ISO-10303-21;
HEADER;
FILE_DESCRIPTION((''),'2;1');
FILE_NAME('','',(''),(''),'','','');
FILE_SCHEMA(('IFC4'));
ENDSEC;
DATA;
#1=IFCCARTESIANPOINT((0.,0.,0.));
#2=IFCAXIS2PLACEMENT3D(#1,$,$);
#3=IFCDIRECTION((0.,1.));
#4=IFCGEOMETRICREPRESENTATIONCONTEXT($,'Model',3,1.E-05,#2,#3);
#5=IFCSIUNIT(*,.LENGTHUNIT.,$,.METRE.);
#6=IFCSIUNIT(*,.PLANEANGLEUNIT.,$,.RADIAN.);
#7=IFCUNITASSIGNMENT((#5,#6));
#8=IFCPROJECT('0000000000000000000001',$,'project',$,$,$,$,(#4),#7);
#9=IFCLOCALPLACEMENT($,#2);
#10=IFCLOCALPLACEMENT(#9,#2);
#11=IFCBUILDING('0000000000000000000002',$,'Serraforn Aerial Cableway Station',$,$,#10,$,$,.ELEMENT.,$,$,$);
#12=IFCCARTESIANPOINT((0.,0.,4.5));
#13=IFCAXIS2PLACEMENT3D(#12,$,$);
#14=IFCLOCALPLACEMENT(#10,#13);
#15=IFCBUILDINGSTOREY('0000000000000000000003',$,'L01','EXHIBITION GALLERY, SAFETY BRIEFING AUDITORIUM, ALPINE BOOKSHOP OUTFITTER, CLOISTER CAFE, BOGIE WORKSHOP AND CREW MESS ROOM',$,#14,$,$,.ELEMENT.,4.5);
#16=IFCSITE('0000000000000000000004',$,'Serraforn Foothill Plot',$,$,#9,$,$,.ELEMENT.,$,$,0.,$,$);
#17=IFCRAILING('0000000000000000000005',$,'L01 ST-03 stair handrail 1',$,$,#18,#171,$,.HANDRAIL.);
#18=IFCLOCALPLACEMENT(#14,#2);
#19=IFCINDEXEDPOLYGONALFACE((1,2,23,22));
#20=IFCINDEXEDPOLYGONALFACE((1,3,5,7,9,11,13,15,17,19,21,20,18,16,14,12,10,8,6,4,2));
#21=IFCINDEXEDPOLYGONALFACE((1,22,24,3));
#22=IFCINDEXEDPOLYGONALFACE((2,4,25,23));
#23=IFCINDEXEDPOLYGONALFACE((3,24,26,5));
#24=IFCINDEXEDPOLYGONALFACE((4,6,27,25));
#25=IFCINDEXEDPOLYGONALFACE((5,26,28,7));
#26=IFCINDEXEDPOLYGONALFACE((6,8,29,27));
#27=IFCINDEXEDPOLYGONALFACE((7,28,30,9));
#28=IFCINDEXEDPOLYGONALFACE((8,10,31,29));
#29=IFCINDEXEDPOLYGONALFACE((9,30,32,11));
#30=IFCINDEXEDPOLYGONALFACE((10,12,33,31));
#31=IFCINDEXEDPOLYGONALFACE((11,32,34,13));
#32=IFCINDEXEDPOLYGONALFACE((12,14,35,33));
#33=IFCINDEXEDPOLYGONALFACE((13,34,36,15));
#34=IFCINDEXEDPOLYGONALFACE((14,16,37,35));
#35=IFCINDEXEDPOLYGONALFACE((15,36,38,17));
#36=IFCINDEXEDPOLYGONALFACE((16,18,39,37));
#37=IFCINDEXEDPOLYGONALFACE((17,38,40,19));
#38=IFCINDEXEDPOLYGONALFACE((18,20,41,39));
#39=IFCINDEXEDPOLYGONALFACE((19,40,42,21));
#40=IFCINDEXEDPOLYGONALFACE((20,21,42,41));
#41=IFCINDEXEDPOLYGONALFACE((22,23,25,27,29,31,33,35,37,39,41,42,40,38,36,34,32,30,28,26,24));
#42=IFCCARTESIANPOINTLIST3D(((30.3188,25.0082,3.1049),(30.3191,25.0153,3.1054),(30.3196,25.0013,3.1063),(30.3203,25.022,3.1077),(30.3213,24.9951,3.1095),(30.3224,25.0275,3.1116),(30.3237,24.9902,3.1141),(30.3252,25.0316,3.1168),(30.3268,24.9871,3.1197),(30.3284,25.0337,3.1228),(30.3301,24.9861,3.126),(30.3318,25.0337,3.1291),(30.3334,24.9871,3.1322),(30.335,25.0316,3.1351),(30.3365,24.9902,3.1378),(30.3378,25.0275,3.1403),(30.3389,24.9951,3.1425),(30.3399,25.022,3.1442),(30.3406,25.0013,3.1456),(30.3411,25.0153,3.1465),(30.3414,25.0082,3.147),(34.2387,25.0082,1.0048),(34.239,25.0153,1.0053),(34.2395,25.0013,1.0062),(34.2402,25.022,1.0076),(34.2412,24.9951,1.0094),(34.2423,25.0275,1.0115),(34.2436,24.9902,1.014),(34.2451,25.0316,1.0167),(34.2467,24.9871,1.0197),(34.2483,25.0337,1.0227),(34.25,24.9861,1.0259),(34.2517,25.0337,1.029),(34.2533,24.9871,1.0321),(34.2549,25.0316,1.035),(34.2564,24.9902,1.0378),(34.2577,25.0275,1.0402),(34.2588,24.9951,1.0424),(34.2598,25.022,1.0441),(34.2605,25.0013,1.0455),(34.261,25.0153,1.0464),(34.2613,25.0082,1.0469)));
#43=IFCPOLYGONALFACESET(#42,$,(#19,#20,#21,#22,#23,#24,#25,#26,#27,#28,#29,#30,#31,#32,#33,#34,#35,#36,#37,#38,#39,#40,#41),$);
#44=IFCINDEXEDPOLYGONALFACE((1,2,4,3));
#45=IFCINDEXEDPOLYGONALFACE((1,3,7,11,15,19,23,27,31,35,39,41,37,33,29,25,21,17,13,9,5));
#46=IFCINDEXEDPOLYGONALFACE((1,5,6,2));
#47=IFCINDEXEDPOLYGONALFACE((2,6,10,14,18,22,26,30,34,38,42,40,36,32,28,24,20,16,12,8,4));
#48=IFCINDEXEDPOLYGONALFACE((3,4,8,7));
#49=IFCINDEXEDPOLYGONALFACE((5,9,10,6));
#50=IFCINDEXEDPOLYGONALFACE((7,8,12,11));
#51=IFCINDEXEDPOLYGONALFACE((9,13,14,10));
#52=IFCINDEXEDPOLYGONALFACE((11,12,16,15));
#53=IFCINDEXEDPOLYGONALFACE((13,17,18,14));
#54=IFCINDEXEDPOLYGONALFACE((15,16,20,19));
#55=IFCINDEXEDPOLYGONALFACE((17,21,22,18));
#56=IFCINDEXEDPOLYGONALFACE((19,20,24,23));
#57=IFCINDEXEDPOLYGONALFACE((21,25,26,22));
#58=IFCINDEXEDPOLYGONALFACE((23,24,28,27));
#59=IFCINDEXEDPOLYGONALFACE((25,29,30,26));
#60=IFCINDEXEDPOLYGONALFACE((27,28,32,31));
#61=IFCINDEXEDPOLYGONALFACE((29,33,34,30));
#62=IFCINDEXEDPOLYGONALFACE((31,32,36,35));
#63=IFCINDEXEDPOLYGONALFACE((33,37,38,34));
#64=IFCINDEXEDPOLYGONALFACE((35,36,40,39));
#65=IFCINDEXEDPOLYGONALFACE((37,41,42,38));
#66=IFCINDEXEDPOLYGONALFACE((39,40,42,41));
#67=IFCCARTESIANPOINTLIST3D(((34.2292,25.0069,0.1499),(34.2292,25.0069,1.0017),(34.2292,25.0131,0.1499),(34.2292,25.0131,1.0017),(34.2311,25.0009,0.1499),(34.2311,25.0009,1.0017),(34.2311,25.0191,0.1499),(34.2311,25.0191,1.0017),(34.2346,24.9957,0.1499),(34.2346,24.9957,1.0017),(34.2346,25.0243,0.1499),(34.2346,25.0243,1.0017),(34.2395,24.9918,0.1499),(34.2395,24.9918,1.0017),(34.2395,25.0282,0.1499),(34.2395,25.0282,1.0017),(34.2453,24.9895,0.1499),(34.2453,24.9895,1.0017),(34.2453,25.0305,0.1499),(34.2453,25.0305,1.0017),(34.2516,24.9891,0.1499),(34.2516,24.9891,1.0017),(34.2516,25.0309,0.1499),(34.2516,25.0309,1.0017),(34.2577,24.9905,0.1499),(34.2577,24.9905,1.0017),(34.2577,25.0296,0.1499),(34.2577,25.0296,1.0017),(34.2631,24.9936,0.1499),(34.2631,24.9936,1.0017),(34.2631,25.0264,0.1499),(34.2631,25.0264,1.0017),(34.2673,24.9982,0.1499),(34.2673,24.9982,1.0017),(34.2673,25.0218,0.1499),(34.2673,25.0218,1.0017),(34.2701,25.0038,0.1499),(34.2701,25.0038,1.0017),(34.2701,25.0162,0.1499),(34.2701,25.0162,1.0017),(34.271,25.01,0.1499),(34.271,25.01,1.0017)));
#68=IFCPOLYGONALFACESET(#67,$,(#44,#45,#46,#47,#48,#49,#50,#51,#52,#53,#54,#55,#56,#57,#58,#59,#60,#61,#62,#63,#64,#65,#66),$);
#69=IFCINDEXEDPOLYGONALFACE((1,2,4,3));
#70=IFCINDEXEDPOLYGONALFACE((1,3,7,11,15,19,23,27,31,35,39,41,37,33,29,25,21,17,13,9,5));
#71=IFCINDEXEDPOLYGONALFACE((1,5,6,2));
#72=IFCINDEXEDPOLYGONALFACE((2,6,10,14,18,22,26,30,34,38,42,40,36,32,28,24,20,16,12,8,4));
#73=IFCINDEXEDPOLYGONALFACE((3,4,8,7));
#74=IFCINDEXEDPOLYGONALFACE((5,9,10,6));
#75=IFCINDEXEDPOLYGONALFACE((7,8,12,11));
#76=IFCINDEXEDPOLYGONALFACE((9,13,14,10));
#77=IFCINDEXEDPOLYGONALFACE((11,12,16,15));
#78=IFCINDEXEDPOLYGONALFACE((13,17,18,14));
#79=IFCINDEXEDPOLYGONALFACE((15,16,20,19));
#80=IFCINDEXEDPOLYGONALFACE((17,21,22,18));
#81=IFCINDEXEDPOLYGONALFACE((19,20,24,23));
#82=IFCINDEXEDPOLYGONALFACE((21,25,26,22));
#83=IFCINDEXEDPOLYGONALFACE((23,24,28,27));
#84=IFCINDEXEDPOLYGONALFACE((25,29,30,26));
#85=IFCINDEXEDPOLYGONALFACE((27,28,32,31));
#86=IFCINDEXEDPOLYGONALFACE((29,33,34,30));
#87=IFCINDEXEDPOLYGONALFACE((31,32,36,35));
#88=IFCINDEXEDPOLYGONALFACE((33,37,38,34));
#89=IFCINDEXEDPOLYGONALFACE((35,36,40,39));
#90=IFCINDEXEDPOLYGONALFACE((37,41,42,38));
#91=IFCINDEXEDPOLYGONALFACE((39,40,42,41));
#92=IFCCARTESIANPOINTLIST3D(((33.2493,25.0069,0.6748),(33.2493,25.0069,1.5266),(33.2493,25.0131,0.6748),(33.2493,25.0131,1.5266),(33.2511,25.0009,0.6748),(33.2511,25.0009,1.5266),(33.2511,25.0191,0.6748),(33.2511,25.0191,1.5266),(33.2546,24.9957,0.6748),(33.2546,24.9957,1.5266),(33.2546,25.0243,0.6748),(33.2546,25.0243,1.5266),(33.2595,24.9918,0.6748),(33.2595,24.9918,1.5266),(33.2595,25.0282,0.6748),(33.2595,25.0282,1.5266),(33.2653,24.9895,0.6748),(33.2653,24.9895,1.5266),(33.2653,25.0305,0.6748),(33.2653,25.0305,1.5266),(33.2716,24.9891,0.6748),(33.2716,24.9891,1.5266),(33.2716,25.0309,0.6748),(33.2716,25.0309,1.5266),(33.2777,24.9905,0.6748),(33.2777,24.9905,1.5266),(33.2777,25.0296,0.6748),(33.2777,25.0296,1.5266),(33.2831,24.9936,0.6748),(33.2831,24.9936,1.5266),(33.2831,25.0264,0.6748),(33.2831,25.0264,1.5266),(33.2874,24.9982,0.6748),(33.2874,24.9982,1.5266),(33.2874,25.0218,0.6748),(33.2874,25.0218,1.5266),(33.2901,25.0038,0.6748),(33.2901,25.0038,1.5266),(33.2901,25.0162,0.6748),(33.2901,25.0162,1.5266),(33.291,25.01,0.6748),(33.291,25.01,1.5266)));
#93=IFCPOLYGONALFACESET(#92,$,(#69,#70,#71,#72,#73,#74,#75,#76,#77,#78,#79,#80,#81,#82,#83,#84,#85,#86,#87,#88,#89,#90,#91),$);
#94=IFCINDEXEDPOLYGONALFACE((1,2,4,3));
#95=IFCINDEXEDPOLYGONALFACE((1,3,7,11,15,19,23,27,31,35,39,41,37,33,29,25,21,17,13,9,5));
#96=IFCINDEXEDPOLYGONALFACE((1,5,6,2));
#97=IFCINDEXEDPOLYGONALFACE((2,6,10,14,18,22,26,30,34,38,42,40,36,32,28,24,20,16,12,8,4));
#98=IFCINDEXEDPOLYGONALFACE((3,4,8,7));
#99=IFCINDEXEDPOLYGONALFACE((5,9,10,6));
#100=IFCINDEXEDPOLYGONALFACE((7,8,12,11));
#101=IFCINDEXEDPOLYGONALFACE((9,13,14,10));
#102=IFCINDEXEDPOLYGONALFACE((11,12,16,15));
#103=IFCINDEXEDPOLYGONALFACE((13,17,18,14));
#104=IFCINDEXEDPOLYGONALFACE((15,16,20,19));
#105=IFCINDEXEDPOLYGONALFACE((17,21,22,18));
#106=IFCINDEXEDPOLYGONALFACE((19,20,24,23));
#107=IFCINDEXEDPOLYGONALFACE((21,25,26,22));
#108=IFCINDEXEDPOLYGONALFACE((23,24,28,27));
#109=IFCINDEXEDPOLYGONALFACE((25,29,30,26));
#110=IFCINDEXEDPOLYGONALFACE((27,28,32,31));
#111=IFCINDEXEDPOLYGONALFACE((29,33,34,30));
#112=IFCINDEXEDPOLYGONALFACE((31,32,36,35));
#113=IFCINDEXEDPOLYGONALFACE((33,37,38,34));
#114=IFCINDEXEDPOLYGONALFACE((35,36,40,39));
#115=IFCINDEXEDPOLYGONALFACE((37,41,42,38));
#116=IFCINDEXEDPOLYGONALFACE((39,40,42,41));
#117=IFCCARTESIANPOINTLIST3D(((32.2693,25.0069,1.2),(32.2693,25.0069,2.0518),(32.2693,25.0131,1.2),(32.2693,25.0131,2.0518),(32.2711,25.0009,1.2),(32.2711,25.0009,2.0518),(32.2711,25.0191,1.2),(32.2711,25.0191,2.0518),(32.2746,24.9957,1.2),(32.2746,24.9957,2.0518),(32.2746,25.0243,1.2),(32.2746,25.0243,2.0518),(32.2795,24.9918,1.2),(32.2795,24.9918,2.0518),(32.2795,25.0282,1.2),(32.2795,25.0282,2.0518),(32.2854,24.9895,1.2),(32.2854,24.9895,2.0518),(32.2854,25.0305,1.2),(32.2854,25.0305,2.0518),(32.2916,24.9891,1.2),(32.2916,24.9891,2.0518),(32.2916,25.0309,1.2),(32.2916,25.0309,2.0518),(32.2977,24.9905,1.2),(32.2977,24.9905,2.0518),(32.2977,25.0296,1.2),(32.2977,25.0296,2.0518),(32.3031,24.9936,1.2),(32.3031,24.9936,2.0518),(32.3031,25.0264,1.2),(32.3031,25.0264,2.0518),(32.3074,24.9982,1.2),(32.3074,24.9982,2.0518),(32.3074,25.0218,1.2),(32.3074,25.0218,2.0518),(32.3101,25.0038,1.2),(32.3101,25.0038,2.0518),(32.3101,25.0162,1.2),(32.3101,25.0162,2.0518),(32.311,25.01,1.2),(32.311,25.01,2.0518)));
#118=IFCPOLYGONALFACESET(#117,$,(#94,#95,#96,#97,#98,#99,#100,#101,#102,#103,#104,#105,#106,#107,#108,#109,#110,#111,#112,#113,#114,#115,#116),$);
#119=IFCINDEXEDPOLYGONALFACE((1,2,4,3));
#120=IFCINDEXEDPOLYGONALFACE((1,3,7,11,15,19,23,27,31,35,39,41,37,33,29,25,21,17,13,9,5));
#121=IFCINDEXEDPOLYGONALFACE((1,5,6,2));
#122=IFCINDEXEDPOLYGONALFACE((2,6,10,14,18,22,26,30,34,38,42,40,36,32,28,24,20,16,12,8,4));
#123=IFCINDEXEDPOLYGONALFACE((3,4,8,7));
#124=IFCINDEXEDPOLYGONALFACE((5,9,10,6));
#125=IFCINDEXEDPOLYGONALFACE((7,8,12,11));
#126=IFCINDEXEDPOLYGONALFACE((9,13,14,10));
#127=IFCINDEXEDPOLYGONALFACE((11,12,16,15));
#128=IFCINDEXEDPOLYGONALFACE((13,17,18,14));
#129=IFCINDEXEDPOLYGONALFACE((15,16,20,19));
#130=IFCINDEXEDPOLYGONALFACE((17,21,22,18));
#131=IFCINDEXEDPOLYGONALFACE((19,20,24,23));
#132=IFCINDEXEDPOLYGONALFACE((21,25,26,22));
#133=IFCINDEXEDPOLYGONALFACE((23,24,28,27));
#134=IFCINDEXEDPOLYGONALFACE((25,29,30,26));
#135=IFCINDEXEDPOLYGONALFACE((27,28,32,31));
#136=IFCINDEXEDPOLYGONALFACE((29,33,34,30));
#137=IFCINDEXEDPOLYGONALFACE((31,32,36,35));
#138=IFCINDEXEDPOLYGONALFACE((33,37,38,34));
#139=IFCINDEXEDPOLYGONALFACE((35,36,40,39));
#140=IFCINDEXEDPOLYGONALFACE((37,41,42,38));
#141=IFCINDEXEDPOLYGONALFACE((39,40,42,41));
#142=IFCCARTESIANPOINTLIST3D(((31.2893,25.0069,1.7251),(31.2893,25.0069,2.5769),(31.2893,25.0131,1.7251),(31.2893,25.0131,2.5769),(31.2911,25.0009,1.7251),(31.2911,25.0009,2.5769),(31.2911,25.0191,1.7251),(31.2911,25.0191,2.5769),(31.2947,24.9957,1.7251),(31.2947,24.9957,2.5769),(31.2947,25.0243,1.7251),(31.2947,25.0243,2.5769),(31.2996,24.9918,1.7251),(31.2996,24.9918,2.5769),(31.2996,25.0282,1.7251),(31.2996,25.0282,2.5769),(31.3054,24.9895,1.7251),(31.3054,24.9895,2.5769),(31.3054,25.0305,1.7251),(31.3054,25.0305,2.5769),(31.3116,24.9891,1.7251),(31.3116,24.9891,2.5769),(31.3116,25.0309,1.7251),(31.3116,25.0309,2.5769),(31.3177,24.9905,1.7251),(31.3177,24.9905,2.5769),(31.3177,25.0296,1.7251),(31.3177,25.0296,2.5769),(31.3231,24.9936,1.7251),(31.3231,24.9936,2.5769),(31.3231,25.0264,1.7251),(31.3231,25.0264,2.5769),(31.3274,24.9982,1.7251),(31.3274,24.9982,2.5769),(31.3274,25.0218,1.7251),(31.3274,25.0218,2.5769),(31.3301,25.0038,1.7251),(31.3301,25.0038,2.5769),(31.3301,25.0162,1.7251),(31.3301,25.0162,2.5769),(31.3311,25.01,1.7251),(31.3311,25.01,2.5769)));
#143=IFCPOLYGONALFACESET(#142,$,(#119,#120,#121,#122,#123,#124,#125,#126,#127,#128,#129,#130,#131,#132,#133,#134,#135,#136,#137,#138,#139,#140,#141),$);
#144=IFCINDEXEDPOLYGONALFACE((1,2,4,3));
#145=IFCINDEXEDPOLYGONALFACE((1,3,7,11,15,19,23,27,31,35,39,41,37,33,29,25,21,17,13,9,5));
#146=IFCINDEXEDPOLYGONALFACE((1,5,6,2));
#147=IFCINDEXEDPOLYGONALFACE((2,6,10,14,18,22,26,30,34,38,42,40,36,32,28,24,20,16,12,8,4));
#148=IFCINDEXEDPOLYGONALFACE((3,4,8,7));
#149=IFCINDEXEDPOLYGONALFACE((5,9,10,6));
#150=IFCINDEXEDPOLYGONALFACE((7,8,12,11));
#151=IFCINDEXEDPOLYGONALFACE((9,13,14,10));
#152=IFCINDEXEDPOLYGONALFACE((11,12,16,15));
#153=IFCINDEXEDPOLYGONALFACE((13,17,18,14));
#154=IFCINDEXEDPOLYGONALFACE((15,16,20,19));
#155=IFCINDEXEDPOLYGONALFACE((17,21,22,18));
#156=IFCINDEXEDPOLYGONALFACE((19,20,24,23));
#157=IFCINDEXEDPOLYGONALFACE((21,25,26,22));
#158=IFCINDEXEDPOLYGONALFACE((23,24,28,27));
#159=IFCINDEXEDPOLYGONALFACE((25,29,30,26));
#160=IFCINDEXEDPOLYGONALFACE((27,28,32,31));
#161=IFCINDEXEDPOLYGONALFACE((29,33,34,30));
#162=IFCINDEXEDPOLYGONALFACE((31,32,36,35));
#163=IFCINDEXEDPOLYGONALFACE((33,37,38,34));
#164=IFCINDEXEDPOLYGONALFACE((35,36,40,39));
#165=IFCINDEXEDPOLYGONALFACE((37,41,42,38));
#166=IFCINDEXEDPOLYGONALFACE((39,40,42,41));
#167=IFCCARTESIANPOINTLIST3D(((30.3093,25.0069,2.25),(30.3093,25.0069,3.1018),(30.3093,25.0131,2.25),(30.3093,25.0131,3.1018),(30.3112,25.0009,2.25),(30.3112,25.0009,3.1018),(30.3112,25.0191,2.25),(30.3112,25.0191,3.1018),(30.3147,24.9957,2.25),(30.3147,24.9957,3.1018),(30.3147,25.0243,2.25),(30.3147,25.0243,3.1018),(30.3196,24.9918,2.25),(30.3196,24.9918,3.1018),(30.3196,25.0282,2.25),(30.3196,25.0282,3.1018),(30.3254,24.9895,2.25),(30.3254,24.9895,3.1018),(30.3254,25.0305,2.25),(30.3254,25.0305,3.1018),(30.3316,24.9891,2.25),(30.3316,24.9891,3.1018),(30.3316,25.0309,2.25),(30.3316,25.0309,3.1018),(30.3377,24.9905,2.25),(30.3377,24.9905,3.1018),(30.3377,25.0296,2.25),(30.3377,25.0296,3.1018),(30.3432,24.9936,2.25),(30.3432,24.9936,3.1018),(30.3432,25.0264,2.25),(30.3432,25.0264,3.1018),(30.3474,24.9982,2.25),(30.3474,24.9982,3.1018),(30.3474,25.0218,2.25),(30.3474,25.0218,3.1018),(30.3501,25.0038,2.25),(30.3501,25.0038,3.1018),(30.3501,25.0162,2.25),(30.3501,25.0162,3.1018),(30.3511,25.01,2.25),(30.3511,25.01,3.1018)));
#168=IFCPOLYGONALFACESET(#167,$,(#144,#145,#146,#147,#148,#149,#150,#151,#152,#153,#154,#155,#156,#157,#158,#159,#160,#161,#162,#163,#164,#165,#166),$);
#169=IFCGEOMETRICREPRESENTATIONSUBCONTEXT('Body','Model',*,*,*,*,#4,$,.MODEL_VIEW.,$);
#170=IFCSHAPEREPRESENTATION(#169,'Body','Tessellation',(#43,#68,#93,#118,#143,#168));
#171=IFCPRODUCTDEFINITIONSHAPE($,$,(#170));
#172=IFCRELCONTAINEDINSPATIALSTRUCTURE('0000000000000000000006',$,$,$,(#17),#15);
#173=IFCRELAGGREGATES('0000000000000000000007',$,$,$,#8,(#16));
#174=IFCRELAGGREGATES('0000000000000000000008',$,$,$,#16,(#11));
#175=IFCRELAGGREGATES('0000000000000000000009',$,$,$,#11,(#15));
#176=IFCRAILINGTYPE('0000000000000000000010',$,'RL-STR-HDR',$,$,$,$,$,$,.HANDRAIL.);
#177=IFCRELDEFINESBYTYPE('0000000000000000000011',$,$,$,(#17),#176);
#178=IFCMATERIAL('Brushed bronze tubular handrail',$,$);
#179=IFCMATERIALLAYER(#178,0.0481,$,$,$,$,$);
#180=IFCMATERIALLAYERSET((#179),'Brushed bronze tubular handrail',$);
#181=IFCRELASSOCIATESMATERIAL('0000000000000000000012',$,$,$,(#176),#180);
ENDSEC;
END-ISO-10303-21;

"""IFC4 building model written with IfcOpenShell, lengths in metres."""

from ifc_helpers import new_model, si_unit, direction, frame, origin, origin_2d, place, context, subcontext, project, spatial, circle, extrude, material, layer, layer_set, type_object, element, save


model = new_model("IFC4")

# Units and contexts
model_context = context("Model", 3, precision=1e-05, world=origin(), true_north=direction((0.0, 1.0)))
body_context = subcontext(model_context, "Body", "Model", "MODEL_VIEW")
ifc_project = project(units=[si_unit("LENGTHUNIT", "METRE"), si_unit("PLANEANGLEUNIT", "RADIAN")], contexts=[model_context])

# Site, building, storey
site_placement = place(None, origin())
site = spatial("IfcSite", under=ifc_project, at=site_placement, Name="Serraforn Foothill Plot", CompositionType="ELEMENT", RefElevation=0.0)
building_placement = place(site_placement, origin())
building = spatial("IfcBuilding", under=site, at=building_placement, Name="Serraforn Aerial Cableway Station", CompositionType="ELEMENT")
storey_placement = place(building_placement, frame((0.0, 0.0, 4.5)))
storey = spatial("IfcBuildingStorey", under=building, at=storey_placement, Name="L01", Description="EXHIBITION GALLERY, SAFETY BRIEFING AUDITORIUM, ALPINE BOOKSHOP OUTFITTER, CLOISTER CAFE, BOGIE WORKSHOP AND CREW MESS ROOM", CompositionType="ELEMENT", Elevation=4.5)

# Railing
ifc_material_1 = material(Name="Brushed bronze tubular handrail")
ifc_layer_1 = layer(ifc_material_1, 0.0481)
ifc_layer_set_1 = layer_set([ifc_layer_1], Name="Brushed bronze tubular handrail")
railing_type_1 = type_object("IfcRailingType", Name="RL-STR-HDR", PredefinedType="HANDRAIL", material=ifc_layer_set_1)
railing_1_placement = place(storey_placement, frame((34.25, 25.01, 0.1499)))
element("IfcRailing", 1, at=railing_1_placement, inside=storey, type_object=railing_type_1, Name="L01 ST-03 stair handrail 1", PredefinedType="HANDRAIL", context=body_context, shape_type="SweptSolid", body=[
    extrude(circle(Radius=0.0239, at=origin_2d()), frame((0.0, 0.0, 0.876), z_axis=(-0.881467, 0.0, 0.472246), x_axis=(0.0, -1.0, 0.0)), (0.0, 0.0, 1.0), 4.447),
    extrude(circle(Radius=0.021, at=origin_2d()), origin(), (0.0, 0.0, 1.0), 0.8518),
    extrude(circle(Radius=0.021, at=origin_2d()), frame((-0.98, 0.0, 0.5249)), (0.0, 0.0, 1.0), 0.8518),
    extrude(circle(Radius=0.021, at=origin_2d()), frame((-1.96, 0.0, 1.05)), (0.0, 0.0, 1.0), 0.8518),
    extrude(circle(Radius=0.021, at=origin_2d()), frame((-2.9399, 0.0, 1.5752)), (0.0, 0.0, 1.0), 0.8518),
    extrude(circle(Radius=0.021, at=origin_2d()), frame((-3.9199, 0.0, 2.1001)), (0.0, 0.0, 1.0), 0.8518),
])

save(model, "model.ifc")
